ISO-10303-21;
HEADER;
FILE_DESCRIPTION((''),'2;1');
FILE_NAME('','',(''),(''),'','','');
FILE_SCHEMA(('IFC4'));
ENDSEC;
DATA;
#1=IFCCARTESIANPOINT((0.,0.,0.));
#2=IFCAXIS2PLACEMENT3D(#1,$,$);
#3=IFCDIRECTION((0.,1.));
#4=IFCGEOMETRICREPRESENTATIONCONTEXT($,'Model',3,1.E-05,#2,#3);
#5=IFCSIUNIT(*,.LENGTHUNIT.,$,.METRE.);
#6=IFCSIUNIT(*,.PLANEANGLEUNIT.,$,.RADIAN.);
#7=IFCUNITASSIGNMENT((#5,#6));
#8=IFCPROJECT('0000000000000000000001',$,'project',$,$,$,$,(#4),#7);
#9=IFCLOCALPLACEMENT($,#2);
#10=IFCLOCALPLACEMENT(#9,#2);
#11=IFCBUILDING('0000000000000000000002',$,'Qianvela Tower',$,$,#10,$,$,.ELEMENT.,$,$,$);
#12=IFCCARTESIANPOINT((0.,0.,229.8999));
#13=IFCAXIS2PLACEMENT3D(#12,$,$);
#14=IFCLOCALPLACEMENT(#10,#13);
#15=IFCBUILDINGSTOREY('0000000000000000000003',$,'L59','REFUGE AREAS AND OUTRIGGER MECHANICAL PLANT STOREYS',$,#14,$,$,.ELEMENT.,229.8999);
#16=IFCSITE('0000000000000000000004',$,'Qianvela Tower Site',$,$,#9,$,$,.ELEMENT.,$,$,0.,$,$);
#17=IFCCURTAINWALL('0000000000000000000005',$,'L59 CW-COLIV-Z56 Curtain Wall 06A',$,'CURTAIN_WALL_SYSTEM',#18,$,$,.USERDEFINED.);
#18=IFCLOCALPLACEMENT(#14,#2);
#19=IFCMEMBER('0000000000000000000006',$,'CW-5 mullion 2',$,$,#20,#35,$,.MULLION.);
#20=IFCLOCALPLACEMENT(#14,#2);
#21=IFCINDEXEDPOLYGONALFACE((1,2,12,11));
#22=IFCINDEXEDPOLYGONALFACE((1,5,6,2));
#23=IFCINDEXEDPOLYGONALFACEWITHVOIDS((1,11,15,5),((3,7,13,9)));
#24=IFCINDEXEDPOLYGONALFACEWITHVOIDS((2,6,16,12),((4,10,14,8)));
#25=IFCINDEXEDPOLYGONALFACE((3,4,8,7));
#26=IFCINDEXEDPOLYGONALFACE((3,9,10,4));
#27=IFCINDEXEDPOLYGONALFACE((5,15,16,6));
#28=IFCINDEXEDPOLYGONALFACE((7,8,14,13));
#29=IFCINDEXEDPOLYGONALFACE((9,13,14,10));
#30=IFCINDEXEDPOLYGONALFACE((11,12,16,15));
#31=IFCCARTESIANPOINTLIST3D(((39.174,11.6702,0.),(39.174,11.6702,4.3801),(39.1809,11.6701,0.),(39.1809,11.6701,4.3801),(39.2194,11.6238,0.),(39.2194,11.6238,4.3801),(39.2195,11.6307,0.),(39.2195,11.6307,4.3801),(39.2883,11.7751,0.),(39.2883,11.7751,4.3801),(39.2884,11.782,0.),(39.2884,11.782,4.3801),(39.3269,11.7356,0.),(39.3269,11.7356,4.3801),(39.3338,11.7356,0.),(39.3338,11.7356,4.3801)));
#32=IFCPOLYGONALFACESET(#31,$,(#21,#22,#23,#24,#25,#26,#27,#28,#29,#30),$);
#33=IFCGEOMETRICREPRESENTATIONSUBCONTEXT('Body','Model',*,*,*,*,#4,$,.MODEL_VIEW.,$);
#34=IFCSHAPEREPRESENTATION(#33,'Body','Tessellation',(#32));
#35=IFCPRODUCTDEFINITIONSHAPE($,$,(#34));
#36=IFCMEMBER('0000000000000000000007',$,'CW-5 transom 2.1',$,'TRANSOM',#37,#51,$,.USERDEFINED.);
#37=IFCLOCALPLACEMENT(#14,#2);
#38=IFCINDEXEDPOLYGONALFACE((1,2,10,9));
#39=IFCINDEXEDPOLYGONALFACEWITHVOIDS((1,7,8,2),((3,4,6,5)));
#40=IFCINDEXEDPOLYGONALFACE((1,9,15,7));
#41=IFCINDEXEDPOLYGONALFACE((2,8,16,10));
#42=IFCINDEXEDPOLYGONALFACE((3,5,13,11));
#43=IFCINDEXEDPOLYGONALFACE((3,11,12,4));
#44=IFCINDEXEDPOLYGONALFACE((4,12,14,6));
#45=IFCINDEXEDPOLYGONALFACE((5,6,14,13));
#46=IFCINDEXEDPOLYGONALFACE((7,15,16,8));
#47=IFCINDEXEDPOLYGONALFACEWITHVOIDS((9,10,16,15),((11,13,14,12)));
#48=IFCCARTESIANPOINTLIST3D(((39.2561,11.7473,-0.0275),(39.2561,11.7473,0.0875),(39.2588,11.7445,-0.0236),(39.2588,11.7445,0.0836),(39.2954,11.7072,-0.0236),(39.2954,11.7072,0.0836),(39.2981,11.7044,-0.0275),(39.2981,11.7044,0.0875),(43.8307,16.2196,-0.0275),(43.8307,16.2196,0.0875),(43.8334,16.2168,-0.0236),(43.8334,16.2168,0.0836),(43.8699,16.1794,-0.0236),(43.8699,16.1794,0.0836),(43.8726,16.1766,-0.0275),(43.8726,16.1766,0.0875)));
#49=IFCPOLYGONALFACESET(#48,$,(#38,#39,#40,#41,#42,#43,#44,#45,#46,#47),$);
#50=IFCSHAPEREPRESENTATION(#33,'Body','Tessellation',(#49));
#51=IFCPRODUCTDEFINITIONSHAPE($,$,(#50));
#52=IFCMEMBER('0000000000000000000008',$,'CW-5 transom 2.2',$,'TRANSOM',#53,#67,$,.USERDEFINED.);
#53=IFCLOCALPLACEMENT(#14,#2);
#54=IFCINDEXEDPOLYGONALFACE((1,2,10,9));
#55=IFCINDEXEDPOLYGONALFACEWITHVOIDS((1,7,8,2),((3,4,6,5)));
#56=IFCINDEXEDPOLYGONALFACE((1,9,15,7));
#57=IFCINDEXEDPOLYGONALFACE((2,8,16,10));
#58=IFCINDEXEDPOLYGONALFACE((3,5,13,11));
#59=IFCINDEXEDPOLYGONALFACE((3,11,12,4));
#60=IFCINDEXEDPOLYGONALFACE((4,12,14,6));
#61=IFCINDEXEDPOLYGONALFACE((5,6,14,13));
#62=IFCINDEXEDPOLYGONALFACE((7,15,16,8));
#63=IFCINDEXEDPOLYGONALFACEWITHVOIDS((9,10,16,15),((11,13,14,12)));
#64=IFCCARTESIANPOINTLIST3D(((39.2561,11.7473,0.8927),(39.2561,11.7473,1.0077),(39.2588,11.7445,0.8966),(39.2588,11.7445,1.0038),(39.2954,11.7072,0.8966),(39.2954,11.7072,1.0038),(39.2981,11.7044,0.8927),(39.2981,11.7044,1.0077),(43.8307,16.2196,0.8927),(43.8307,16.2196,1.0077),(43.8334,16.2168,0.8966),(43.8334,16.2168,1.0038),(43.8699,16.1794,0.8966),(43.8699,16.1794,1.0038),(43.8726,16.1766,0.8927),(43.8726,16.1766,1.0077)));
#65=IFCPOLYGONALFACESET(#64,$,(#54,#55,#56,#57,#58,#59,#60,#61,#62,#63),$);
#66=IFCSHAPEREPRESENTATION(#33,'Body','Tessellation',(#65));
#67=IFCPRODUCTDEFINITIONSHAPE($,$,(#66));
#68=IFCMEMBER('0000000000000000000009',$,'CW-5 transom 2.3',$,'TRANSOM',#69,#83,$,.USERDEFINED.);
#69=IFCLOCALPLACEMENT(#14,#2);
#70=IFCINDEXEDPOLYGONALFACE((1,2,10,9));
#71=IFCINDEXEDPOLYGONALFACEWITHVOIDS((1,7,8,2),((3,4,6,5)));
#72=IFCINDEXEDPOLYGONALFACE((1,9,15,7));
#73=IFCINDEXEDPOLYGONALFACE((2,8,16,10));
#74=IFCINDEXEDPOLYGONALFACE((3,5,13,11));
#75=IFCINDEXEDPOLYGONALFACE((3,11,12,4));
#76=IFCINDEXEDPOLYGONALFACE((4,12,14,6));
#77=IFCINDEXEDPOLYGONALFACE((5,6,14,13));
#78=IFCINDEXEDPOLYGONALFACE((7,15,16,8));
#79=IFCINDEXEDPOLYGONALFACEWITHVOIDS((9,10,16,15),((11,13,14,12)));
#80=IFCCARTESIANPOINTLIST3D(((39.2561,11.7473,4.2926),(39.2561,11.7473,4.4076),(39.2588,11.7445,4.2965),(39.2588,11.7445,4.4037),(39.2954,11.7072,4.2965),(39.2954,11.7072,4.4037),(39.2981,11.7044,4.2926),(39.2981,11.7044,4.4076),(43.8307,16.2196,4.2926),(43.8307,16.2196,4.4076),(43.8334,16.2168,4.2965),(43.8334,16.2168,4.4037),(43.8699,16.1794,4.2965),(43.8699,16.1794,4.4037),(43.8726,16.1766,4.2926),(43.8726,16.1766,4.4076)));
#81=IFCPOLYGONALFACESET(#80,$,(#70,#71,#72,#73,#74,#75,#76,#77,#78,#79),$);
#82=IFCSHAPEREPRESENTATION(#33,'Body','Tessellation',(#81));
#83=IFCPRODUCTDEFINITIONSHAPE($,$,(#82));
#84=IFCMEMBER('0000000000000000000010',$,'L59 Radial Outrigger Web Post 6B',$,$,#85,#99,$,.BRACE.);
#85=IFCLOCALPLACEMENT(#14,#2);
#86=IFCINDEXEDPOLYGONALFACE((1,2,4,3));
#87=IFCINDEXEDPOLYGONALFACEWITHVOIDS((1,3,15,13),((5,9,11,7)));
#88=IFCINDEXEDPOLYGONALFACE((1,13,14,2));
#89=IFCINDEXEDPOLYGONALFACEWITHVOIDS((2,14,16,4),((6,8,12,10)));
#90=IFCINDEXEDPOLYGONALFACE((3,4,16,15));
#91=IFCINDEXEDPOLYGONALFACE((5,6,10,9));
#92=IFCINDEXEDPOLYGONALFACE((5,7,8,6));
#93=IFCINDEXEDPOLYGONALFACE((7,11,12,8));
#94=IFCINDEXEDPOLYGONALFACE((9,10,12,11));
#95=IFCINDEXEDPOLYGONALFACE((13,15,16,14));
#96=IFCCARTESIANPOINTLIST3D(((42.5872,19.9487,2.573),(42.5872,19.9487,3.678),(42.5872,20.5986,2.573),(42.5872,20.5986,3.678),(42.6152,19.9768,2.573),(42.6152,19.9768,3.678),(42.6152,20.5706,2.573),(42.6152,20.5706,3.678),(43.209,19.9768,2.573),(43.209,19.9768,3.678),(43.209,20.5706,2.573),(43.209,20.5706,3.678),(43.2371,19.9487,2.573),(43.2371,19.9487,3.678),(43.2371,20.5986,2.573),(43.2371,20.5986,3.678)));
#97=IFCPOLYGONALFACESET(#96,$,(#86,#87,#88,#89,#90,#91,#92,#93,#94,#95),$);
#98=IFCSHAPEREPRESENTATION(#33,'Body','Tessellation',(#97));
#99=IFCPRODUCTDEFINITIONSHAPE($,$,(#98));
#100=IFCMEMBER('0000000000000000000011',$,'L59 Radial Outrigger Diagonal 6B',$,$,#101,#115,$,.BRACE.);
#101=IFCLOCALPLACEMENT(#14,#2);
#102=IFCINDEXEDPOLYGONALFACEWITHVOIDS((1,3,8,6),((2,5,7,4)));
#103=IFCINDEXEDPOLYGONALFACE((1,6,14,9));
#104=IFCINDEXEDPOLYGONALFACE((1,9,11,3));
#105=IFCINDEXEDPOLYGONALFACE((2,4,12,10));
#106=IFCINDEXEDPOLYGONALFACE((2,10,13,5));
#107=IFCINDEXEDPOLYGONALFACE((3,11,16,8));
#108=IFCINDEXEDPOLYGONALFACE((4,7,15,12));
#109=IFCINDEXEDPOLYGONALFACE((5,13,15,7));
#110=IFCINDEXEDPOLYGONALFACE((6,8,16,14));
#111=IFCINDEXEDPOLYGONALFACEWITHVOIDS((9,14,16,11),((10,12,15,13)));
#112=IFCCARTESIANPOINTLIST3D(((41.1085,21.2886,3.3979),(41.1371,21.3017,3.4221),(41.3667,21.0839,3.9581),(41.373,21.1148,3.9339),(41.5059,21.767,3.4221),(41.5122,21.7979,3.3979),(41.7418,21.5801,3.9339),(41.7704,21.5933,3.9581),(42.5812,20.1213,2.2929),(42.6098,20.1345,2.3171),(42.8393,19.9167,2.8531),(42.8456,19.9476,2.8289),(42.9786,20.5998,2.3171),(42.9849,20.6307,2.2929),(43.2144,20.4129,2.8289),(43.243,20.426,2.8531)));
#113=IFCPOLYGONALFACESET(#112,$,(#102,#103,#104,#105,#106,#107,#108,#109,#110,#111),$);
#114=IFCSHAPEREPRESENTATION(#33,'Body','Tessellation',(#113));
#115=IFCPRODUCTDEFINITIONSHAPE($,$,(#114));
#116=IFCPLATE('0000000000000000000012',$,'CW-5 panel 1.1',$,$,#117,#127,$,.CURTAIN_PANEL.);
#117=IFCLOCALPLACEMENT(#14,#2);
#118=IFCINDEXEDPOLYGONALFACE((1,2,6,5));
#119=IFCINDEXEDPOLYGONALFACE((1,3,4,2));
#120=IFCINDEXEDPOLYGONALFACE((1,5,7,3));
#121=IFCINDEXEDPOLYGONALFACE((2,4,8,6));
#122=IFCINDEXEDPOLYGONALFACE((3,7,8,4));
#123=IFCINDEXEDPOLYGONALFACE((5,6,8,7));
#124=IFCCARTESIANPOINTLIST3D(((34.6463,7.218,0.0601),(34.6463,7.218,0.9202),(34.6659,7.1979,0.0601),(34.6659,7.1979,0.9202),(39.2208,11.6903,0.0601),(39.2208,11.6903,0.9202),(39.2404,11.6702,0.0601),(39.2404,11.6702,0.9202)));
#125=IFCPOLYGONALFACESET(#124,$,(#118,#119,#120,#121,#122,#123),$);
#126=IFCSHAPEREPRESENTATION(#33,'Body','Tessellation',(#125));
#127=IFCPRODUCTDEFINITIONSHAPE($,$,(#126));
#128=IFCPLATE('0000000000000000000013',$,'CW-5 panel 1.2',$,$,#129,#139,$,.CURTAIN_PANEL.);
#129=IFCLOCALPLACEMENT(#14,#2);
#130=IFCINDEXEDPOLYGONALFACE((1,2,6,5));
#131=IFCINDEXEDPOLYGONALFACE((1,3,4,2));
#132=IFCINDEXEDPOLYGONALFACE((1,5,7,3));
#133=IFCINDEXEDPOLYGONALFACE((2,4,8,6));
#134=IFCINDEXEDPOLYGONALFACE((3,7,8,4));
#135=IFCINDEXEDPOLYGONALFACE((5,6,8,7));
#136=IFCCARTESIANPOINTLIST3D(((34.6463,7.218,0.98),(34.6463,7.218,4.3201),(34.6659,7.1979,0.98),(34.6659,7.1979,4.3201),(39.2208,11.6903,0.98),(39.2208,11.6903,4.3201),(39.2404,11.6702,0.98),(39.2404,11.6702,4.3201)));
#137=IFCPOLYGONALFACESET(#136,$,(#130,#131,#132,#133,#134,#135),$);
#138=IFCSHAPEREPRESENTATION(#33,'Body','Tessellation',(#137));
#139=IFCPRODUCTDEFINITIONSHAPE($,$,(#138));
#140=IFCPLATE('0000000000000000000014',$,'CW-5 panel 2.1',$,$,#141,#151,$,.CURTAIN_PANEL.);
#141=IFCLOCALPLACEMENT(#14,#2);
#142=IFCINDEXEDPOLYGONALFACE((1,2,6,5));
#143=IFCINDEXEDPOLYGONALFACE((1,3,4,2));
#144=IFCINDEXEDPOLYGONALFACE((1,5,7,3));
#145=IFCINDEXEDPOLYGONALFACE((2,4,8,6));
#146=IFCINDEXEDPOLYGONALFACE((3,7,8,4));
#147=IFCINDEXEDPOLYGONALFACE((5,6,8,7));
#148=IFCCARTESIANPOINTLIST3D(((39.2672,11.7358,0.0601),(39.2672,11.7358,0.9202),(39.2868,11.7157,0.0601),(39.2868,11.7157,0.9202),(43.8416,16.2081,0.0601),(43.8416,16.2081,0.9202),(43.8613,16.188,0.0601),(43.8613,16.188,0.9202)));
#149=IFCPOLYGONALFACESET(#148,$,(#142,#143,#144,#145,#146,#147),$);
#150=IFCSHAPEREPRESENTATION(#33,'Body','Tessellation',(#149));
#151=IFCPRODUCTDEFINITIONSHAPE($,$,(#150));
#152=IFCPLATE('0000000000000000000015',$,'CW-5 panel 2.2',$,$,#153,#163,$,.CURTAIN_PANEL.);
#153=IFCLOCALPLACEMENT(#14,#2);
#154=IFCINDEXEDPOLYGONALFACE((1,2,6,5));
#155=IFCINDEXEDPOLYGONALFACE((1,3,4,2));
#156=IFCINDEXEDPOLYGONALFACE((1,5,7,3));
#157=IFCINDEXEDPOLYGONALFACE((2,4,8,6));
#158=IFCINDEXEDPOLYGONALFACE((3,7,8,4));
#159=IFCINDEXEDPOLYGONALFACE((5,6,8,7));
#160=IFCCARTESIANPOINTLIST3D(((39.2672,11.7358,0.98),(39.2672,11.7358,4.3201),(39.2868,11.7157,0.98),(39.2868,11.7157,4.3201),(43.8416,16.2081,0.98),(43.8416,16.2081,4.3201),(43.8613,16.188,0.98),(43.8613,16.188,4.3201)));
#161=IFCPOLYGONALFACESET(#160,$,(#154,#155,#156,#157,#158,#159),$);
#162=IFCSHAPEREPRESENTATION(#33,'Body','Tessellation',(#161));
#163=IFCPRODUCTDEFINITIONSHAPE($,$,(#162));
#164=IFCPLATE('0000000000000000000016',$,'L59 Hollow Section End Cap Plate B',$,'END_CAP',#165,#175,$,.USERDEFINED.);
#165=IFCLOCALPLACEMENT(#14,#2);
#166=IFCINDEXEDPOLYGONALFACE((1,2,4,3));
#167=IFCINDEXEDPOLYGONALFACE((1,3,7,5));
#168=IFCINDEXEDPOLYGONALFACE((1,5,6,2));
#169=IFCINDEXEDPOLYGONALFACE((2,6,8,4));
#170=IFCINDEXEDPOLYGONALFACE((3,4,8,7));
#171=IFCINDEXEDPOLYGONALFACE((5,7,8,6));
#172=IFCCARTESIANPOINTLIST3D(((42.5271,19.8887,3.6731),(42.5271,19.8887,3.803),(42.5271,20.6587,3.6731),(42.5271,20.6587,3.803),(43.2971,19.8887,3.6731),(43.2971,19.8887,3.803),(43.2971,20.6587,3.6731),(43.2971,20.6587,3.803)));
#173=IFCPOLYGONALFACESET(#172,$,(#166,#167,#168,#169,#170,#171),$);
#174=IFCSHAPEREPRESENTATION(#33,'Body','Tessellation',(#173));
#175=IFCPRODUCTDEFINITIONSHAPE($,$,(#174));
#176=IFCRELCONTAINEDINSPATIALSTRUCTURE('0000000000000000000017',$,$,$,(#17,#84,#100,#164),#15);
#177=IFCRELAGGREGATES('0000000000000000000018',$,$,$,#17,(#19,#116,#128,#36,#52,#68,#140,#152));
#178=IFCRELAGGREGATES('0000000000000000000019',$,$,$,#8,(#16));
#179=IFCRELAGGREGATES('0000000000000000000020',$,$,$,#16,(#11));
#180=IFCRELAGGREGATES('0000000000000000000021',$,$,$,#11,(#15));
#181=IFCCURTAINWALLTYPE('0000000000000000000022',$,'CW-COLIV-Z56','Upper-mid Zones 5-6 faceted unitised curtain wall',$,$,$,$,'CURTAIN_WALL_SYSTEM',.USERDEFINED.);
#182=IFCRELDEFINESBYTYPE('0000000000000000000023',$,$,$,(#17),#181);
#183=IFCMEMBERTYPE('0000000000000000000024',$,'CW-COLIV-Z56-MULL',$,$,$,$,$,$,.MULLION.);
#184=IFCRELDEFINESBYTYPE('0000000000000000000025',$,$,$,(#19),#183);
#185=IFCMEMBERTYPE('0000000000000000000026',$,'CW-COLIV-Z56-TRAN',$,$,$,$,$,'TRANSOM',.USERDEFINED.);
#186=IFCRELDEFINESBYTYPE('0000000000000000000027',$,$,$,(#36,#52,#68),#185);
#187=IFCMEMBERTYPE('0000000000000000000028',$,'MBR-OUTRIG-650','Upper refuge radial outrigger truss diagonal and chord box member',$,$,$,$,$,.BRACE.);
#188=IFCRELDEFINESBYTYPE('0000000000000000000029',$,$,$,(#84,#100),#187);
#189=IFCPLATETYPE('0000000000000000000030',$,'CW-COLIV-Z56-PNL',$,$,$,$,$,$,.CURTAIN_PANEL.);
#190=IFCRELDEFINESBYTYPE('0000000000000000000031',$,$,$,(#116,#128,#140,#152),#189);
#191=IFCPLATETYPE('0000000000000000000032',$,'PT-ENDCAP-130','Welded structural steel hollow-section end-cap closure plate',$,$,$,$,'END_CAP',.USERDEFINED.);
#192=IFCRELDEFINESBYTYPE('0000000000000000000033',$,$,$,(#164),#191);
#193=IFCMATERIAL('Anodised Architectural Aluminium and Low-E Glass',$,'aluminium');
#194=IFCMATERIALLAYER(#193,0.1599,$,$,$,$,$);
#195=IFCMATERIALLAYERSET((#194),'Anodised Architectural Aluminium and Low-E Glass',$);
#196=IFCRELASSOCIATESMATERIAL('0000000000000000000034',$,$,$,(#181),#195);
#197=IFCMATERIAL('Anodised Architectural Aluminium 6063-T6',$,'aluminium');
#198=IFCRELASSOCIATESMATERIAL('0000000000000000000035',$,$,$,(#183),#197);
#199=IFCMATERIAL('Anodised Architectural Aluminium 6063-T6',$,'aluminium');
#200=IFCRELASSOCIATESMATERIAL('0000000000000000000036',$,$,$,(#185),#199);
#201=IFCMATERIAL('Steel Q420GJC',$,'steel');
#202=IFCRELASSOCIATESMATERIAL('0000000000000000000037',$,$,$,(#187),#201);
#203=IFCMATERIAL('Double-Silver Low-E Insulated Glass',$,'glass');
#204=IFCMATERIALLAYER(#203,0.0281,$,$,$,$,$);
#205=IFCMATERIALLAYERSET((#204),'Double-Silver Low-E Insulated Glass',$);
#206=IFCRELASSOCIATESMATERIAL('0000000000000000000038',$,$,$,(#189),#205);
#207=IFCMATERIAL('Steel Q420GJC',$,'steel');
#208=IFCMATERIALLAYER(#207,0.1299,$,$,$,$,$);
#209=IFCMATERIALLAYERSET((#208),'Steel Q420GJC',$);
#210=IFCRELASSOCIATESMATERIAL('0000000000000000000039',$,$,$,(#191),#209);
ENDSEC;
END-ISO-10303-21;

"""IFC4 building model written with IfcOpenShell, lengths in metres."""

from ifc_helpers import new_model, si_unit, direction, frame, origin, origin_2d, place, context, subcontext, project, spatial, rectangle, hollow_rectangle, extrude, material, layer, layer_set, material_profile, profile_set, type_object, element, aggregate, save


model = new_model("IFC4")

# Units and contexts
model_context = context("Model", 3, precision=1e-05, world=origin(), true_north=direction((0.0, 1.0)))
body_context = subcontext(model_context, "Body", "Model", "MODEL_VIEW")
ifc_project = project(units=[si_unit("LENGTHUNIT", "METRE"), si_unit("PLANEANGLEUNIT", "RADIAN")], contexts=[model_context])

# Site, building, storey
site_placement = place(None, origin())
site = spatial("IfcSite", under=ifc_project, at=site_placement, Name="Qianvela Tower Site", CompositionType="ELEMENT", RefElevation=0.0)
building_placement = place(site_placement, origin())
building = spatial("IfcBuilding", under=site, at=building_placement, Name="Qianvela Tower", CompositionType="ELEMENT")
storey_placement = place(building_placement, frame((0.0, 0.0, 229.8999)))
storey = spatial("IfcBuildingStorey", under=building, at=storey_placement, Name="L59", Description="REFUGE AREAS AND OUTRIGGER MECHANICAL PLANT STOREYS", CompositionType="ELEMENT", Elevation=229.8999)

# Curtain wall, members
ifc_material_1 = material(Name="Anodised Architectural Aluminium and Low-E Glass", Category="aluminium")
ifc_layer_1 = layer(ifc_material_1, 0.1599)
ifc_layer_set_1 = layer_set([ifc_layer_1], Name="Anodised Architectural Aluminium and Low-E Glass")
curtain_wall_type = type_object("IfcCurtainWallType", Name="CW-COLIV-Z56", Description="Upper-mid Zones 5-6 faceted unitised curtain wall", ElementType="CURTAIN_WALL_SYSTEM", PredefinedType="USERDEFINED", material=ifc_layer_set_1)
curtain_wall_placement = place(storey_placement, origin())
curtain_wall = element("IfcCurtainWall", 1, at=curtain_wall_placement, inside=storey, type_object=curtain_wall_type, Name="L59 CW-COLIV-Z56 Curtain Wall 06A", ObjectType="CURTAIN_WALL_SYSTEM", PredefinedType="USERDEFINED")
ifc_material_2 = material(Name="Anodised Architectural Aluminium 6063-T6", Category="aluminium")
ifc_material_profile_1 = material_profile(ifc_material_2, hollow_rectangle(XDim=0.0649, YDim=0.1599, WallThickness=0.0049, at=origin_2d()), Name="ALU-MULL-65x160")
ifc_profile_set_1 = profile_set([ifc_material_profile_1], Name="Anodised Architectural Aluminium 6063-T6")
member_type_1 = type_object("IfcMemberType", Name="CW-COLIV-Z56-MULL", PredefinedType="MULLION", material=ifc_profile_set_1)
member_1_placement = place(storey_placement, frame((39.2539, 11.7029, 0.0), z_axis=(0.0, 0.0, 1.0), x_axis=(-0.699079, 0.715045, 0.0)))
member_1 = element("IfcMember", 2, at=member_1_placement, type_object=member_type_1, Name="CW-5 mullion 2", PredefinedType="MULLION", context=body_context, shape_type="SweptSolid", body=[
    extrude(hollow_rectangle(XDim=0.0649, YDim=0.1599, WallThickness=0.0049, at=origin_2d()), origin(), (0.0, 0.0, 1.0), 4.3801),
])
ifc_material_3 = material(Name="Anodised Architectural Aluminium 6063-T6", Category="aluminium")
ifc_material_profile_2 = material_profile(ifc_material_3, hollow_rectangle(XDim=0.0601, YDim=0.115, WallThickness=0.0039, at=origin_2d()), Name="ALU-TRAN-60x115")
ifc_profile_set_2 = profile_set([ifc_material_profile_2], Name="Anodised Architectural Aluminium 6063-T6")
member_type_2 = type_object("IfcMemberType", Name="CW-COLIV-Z56-TRAN", ElementType="TRANSOM", PredefinedType="USERDEFINED", material=ifc_profile_set_2)
member_2_placement = place(storey_placement, frame((39.2771, 11.7258, 0.03), z_axis=(0.715057, 0.699066, 0.0), x_axis=(-0.699066, 0.715057, 0.0)))
member_2 = element("IfcMember", 3, at=member_2_placement, type_object=member_type_2, Name="CW-5 transom 2.1", ObjectType="TRANSOM", PredefinedType="USERDEFINED", context=body_context, shape_type="SweptSolid", body=[
    extrude(hollow_rectangle(XDim=0.0601, YDim=0.115, WallThickness=0.0039, at=origin_2d()), origin(), (0.0, 0.0, 1.0), 6.3975),
])
member_3_placement = place(storey_placement, frame((39.2771, 11.7258, 0.9502), z_axis=(0.715057, 0.699066, 0.0), x_axis=(-0.699066, 0.715057, 0.0)))
member_3 = element("IfcMember", 4, at=member_3_placement, type_object=member_type_2, Name="CW-5 transom 2.2", ObjectType="TRANSOM", PredefinedType="USERDEFINED", context=body_context, shape_type="SweptSolid", body=[
    extrude(hollow_rectangle(XDim=0.0601, YDim=0.115, WallThickness=0.0039, at=origin_2d()), origin(), (0.0, 0.0, 1.0), 6.3975),
])
member_4_placement = place(storey_placement, frame((39.2771, 11.7258, 4.3501), z_axis=(0.715057, 0.699066, 0.0), x_axis=(-0.699066, 0.715057, 0.0)))
member_4 = element("IfcMember", 5, at=member_4_placement, type_object=member_type_2, Name="CW-5 transom 2.3", ObjectType="TRANSOM", PredefinedType="USERDEFINED", context=body_context, shape_type="SweptSolid", body=[
    extrude(hollow_rectangle(XDim=0.0601, YDim=0.115, WallThickness=0.0039, at=origin_2d()), origin(), (0.0, 0.0, 1.0), 6.3975),
])

# Members
ifc_material_4 = material(Name="Steel Q420GJC", Category="steel")
ifc_material_profile_3 = material_profile(ifc_material_4, hollow_rectangle(XDim=0.6499, YDim=0.6499, WallThickness=0.0281, at=origin_2d()), Name="OBOX-650x650x28")
ifc_profile_set_3 = profile_set([ifc_material_profile_3], Name="Steel Q420GJC")
member_type_3 = type_object("IfcMemberType", Name="MBR-OUTRIG-650", Description="Upper refuge radial outrigger truss diagonal and chord box member", PredefinedType="BRACE", material=ifc_profile_set_3)
member_5_placement = place(storey_placement, frame((42.9121, 20.2737, 2.573), z_axis=(0.0, 0.0, 1.0), x_axis=(1.0, 0.0, 0.0)))
element("IfcMember", 6, at=member_5_placement, inside=storey, type_object=member_type_3, Name="L59 Radial Outrigger Web Post 6B", PredefinedType="BRACE", context=body_context, shape_type="SweptSolid", body=[
    extrude(hollow_rectangle(XDim=0.6499, YDim=0.6499, WallThickness=0.0281, at=origin_2d()), origin(), (0.0, 0.0, 1.0), 1.105),
])
member_6_placement = place(storey_placement, frame((41.4395, 21.4409, 3.678), z_axis=(0.675549, -0.535444, -0.506886), x_axis=(0.621155, 0.783687, 0.0)))
element("IfcMember", 7, at=member_6_placement, inside=storey, type_object=member_type_3, Name="L59 Radial Outrigger Diagonal 6B", PredefinedType="BRACE", context=body_context, shape_type="SweptSolid", body=[
    extrude(hollow_rectangle(XDim=0.6499, YDim=0.6499, WallThickness=0.0281, at=origin_2d()), origin(), (0.0, 0.0, 1.0), 2.1799),
])

# Plates
ifc_material_5 = material(Name="Double-Silver Low-E Insulated Glass", Category="glass")
ifc_layer_2 = layer(ifc_material_5, 0.0281)
ifc_layer_set_2 = layer_set([ifc_layer_2], Name="Double-Silver Low-E Insulated Glass")
plate_type_1 = type_object("IfcPlateType", Name="CW-COLIV-Z56-PNL", PredefinedType="CURTAIN_PANEL", material=ifc_layer_set_2)
plate_1_placement = place(storey_placement, frame((36.9434, 9.4441, 0.0601), z_axis=(0.0, 0.0, 1.0), x_axis=(0.715045, 0.699079, 0.0)))
plate_1 = element("IfcPlate", 8, at=plate_1_placement, type_object=plate_type_1, Name="CW-5 panel 1.1", PredefinedType="CURTAIN_PANEL", context=body_context, shape_type="SweptSolid", body=[
    extrude(rectangle(XDim=6.3975, YDim=0.0281, at=origin_2d()), origin(), (0.0, 0.0, 1.0), 0.8601),
])
plate_2_placement = place(storey_placement, frame((36.9434, 9.4441, 0.98), z_axis=(0.0, 0.0, 1.0), x_axis=(0.715045, 0.699079, 0.0)))
plate_2 = element("IfcPlate", 9, at=plate_2_placement, type_object=plate_type_1, Name="CW-5 panel 1.2", PredefinedType="CURTAIN_PANEL", context=body_context, shape_type="SweptSolid", body=[
    extrude(rectangle(XDim=6.3975, YDim=0.0281, at=origin_2d()), origin(), (0.0, 0.0, 1.0), 3.3401),
])
plate_3_placement = place(storey_placement, frame((41.5642, 13.9619, 0.0601), z_axis=(0.0, 0.0, 1.0), x_axis=(0.715045, 0.699079, 0.0)))
plate_3 = element("IfcPlate", 10, at=plate_3_placement, type_object=plate_type_1, Name="CW-5 panel 2.1", PredefinedType="CURTAIN_PANEL", context=body_context, shape_type="SweptSolid", body=[
    extrude(rectangle(XDim=6.3975, YDim=0.0281, at=origin_2d()), origin(), (0.0, 0.0, 1.0), 0.8601),
])
plate_4_placement = place(storey_placement, frame((41.5642, 13.9619, 0.98), z_axis=(0.0, 0.0, 1.0), x_axis=(0.715045, 0.699079, 0.0)))
plate_4 = element("IfcPlate", 11, at=plate_4_placement, type_object=plate_type_1, Name="CW-5 panel 2.2", PredefinedType="CURTAIN_PANEL", context=body_context, shape_type="SweptSolid", body=[
    extrude(rectangle(XDim=6.3975, YDim=0.0281, at=origin_2d()), origin(), (0.0, 0.0, 1.0), 3.3401),
])
aggregate(curtain_wall, [member_1, plate_1, plate_2, member_2, member_3, member_4, plate_3, plate_4])

# Plate
ifc_material_6 = material(Name="Steel Q420GJC", Category="steel")
ifc_layer_3 = layer(ifc_material_6, 0.1299)
ifc_layer_set_3 = layer_set([ifc_layer_3], Name="Steel Q420GJC")
plate_type_2 = type_object("IfcPlateType", Name="PT-ENDCAP-130", Description="Welded structural steel hollow-section end-cap closure plate", ElementType="END_CAP", PredefinedType="USERDEFINED", material=ifc_layer_set_3)
plate_5_placement = place(storey_placement, frame((42.9121, 20.2737, 3.6731), z_axis=(0.0, 0.0, 1.0), x_axis=(1.0, 0.0, 0.0)))
element("IfcPlate", 12, at=plate_5_placement, inside=storey, type_object=plate_type_2, Name="L59 Hollow Section End Cap Plate B", ObjectType="END_CAP", PredefinedType="USERDEFINED", context=body_context, shape_type="SweptSolid", body=[
    extrude(rectangle(XDim=0.77, YDim=0.77, at=origin_2d()), origin(), (0.0, 0.0, 1.0), 0.1299),
])

save(model, "model.ifc")
